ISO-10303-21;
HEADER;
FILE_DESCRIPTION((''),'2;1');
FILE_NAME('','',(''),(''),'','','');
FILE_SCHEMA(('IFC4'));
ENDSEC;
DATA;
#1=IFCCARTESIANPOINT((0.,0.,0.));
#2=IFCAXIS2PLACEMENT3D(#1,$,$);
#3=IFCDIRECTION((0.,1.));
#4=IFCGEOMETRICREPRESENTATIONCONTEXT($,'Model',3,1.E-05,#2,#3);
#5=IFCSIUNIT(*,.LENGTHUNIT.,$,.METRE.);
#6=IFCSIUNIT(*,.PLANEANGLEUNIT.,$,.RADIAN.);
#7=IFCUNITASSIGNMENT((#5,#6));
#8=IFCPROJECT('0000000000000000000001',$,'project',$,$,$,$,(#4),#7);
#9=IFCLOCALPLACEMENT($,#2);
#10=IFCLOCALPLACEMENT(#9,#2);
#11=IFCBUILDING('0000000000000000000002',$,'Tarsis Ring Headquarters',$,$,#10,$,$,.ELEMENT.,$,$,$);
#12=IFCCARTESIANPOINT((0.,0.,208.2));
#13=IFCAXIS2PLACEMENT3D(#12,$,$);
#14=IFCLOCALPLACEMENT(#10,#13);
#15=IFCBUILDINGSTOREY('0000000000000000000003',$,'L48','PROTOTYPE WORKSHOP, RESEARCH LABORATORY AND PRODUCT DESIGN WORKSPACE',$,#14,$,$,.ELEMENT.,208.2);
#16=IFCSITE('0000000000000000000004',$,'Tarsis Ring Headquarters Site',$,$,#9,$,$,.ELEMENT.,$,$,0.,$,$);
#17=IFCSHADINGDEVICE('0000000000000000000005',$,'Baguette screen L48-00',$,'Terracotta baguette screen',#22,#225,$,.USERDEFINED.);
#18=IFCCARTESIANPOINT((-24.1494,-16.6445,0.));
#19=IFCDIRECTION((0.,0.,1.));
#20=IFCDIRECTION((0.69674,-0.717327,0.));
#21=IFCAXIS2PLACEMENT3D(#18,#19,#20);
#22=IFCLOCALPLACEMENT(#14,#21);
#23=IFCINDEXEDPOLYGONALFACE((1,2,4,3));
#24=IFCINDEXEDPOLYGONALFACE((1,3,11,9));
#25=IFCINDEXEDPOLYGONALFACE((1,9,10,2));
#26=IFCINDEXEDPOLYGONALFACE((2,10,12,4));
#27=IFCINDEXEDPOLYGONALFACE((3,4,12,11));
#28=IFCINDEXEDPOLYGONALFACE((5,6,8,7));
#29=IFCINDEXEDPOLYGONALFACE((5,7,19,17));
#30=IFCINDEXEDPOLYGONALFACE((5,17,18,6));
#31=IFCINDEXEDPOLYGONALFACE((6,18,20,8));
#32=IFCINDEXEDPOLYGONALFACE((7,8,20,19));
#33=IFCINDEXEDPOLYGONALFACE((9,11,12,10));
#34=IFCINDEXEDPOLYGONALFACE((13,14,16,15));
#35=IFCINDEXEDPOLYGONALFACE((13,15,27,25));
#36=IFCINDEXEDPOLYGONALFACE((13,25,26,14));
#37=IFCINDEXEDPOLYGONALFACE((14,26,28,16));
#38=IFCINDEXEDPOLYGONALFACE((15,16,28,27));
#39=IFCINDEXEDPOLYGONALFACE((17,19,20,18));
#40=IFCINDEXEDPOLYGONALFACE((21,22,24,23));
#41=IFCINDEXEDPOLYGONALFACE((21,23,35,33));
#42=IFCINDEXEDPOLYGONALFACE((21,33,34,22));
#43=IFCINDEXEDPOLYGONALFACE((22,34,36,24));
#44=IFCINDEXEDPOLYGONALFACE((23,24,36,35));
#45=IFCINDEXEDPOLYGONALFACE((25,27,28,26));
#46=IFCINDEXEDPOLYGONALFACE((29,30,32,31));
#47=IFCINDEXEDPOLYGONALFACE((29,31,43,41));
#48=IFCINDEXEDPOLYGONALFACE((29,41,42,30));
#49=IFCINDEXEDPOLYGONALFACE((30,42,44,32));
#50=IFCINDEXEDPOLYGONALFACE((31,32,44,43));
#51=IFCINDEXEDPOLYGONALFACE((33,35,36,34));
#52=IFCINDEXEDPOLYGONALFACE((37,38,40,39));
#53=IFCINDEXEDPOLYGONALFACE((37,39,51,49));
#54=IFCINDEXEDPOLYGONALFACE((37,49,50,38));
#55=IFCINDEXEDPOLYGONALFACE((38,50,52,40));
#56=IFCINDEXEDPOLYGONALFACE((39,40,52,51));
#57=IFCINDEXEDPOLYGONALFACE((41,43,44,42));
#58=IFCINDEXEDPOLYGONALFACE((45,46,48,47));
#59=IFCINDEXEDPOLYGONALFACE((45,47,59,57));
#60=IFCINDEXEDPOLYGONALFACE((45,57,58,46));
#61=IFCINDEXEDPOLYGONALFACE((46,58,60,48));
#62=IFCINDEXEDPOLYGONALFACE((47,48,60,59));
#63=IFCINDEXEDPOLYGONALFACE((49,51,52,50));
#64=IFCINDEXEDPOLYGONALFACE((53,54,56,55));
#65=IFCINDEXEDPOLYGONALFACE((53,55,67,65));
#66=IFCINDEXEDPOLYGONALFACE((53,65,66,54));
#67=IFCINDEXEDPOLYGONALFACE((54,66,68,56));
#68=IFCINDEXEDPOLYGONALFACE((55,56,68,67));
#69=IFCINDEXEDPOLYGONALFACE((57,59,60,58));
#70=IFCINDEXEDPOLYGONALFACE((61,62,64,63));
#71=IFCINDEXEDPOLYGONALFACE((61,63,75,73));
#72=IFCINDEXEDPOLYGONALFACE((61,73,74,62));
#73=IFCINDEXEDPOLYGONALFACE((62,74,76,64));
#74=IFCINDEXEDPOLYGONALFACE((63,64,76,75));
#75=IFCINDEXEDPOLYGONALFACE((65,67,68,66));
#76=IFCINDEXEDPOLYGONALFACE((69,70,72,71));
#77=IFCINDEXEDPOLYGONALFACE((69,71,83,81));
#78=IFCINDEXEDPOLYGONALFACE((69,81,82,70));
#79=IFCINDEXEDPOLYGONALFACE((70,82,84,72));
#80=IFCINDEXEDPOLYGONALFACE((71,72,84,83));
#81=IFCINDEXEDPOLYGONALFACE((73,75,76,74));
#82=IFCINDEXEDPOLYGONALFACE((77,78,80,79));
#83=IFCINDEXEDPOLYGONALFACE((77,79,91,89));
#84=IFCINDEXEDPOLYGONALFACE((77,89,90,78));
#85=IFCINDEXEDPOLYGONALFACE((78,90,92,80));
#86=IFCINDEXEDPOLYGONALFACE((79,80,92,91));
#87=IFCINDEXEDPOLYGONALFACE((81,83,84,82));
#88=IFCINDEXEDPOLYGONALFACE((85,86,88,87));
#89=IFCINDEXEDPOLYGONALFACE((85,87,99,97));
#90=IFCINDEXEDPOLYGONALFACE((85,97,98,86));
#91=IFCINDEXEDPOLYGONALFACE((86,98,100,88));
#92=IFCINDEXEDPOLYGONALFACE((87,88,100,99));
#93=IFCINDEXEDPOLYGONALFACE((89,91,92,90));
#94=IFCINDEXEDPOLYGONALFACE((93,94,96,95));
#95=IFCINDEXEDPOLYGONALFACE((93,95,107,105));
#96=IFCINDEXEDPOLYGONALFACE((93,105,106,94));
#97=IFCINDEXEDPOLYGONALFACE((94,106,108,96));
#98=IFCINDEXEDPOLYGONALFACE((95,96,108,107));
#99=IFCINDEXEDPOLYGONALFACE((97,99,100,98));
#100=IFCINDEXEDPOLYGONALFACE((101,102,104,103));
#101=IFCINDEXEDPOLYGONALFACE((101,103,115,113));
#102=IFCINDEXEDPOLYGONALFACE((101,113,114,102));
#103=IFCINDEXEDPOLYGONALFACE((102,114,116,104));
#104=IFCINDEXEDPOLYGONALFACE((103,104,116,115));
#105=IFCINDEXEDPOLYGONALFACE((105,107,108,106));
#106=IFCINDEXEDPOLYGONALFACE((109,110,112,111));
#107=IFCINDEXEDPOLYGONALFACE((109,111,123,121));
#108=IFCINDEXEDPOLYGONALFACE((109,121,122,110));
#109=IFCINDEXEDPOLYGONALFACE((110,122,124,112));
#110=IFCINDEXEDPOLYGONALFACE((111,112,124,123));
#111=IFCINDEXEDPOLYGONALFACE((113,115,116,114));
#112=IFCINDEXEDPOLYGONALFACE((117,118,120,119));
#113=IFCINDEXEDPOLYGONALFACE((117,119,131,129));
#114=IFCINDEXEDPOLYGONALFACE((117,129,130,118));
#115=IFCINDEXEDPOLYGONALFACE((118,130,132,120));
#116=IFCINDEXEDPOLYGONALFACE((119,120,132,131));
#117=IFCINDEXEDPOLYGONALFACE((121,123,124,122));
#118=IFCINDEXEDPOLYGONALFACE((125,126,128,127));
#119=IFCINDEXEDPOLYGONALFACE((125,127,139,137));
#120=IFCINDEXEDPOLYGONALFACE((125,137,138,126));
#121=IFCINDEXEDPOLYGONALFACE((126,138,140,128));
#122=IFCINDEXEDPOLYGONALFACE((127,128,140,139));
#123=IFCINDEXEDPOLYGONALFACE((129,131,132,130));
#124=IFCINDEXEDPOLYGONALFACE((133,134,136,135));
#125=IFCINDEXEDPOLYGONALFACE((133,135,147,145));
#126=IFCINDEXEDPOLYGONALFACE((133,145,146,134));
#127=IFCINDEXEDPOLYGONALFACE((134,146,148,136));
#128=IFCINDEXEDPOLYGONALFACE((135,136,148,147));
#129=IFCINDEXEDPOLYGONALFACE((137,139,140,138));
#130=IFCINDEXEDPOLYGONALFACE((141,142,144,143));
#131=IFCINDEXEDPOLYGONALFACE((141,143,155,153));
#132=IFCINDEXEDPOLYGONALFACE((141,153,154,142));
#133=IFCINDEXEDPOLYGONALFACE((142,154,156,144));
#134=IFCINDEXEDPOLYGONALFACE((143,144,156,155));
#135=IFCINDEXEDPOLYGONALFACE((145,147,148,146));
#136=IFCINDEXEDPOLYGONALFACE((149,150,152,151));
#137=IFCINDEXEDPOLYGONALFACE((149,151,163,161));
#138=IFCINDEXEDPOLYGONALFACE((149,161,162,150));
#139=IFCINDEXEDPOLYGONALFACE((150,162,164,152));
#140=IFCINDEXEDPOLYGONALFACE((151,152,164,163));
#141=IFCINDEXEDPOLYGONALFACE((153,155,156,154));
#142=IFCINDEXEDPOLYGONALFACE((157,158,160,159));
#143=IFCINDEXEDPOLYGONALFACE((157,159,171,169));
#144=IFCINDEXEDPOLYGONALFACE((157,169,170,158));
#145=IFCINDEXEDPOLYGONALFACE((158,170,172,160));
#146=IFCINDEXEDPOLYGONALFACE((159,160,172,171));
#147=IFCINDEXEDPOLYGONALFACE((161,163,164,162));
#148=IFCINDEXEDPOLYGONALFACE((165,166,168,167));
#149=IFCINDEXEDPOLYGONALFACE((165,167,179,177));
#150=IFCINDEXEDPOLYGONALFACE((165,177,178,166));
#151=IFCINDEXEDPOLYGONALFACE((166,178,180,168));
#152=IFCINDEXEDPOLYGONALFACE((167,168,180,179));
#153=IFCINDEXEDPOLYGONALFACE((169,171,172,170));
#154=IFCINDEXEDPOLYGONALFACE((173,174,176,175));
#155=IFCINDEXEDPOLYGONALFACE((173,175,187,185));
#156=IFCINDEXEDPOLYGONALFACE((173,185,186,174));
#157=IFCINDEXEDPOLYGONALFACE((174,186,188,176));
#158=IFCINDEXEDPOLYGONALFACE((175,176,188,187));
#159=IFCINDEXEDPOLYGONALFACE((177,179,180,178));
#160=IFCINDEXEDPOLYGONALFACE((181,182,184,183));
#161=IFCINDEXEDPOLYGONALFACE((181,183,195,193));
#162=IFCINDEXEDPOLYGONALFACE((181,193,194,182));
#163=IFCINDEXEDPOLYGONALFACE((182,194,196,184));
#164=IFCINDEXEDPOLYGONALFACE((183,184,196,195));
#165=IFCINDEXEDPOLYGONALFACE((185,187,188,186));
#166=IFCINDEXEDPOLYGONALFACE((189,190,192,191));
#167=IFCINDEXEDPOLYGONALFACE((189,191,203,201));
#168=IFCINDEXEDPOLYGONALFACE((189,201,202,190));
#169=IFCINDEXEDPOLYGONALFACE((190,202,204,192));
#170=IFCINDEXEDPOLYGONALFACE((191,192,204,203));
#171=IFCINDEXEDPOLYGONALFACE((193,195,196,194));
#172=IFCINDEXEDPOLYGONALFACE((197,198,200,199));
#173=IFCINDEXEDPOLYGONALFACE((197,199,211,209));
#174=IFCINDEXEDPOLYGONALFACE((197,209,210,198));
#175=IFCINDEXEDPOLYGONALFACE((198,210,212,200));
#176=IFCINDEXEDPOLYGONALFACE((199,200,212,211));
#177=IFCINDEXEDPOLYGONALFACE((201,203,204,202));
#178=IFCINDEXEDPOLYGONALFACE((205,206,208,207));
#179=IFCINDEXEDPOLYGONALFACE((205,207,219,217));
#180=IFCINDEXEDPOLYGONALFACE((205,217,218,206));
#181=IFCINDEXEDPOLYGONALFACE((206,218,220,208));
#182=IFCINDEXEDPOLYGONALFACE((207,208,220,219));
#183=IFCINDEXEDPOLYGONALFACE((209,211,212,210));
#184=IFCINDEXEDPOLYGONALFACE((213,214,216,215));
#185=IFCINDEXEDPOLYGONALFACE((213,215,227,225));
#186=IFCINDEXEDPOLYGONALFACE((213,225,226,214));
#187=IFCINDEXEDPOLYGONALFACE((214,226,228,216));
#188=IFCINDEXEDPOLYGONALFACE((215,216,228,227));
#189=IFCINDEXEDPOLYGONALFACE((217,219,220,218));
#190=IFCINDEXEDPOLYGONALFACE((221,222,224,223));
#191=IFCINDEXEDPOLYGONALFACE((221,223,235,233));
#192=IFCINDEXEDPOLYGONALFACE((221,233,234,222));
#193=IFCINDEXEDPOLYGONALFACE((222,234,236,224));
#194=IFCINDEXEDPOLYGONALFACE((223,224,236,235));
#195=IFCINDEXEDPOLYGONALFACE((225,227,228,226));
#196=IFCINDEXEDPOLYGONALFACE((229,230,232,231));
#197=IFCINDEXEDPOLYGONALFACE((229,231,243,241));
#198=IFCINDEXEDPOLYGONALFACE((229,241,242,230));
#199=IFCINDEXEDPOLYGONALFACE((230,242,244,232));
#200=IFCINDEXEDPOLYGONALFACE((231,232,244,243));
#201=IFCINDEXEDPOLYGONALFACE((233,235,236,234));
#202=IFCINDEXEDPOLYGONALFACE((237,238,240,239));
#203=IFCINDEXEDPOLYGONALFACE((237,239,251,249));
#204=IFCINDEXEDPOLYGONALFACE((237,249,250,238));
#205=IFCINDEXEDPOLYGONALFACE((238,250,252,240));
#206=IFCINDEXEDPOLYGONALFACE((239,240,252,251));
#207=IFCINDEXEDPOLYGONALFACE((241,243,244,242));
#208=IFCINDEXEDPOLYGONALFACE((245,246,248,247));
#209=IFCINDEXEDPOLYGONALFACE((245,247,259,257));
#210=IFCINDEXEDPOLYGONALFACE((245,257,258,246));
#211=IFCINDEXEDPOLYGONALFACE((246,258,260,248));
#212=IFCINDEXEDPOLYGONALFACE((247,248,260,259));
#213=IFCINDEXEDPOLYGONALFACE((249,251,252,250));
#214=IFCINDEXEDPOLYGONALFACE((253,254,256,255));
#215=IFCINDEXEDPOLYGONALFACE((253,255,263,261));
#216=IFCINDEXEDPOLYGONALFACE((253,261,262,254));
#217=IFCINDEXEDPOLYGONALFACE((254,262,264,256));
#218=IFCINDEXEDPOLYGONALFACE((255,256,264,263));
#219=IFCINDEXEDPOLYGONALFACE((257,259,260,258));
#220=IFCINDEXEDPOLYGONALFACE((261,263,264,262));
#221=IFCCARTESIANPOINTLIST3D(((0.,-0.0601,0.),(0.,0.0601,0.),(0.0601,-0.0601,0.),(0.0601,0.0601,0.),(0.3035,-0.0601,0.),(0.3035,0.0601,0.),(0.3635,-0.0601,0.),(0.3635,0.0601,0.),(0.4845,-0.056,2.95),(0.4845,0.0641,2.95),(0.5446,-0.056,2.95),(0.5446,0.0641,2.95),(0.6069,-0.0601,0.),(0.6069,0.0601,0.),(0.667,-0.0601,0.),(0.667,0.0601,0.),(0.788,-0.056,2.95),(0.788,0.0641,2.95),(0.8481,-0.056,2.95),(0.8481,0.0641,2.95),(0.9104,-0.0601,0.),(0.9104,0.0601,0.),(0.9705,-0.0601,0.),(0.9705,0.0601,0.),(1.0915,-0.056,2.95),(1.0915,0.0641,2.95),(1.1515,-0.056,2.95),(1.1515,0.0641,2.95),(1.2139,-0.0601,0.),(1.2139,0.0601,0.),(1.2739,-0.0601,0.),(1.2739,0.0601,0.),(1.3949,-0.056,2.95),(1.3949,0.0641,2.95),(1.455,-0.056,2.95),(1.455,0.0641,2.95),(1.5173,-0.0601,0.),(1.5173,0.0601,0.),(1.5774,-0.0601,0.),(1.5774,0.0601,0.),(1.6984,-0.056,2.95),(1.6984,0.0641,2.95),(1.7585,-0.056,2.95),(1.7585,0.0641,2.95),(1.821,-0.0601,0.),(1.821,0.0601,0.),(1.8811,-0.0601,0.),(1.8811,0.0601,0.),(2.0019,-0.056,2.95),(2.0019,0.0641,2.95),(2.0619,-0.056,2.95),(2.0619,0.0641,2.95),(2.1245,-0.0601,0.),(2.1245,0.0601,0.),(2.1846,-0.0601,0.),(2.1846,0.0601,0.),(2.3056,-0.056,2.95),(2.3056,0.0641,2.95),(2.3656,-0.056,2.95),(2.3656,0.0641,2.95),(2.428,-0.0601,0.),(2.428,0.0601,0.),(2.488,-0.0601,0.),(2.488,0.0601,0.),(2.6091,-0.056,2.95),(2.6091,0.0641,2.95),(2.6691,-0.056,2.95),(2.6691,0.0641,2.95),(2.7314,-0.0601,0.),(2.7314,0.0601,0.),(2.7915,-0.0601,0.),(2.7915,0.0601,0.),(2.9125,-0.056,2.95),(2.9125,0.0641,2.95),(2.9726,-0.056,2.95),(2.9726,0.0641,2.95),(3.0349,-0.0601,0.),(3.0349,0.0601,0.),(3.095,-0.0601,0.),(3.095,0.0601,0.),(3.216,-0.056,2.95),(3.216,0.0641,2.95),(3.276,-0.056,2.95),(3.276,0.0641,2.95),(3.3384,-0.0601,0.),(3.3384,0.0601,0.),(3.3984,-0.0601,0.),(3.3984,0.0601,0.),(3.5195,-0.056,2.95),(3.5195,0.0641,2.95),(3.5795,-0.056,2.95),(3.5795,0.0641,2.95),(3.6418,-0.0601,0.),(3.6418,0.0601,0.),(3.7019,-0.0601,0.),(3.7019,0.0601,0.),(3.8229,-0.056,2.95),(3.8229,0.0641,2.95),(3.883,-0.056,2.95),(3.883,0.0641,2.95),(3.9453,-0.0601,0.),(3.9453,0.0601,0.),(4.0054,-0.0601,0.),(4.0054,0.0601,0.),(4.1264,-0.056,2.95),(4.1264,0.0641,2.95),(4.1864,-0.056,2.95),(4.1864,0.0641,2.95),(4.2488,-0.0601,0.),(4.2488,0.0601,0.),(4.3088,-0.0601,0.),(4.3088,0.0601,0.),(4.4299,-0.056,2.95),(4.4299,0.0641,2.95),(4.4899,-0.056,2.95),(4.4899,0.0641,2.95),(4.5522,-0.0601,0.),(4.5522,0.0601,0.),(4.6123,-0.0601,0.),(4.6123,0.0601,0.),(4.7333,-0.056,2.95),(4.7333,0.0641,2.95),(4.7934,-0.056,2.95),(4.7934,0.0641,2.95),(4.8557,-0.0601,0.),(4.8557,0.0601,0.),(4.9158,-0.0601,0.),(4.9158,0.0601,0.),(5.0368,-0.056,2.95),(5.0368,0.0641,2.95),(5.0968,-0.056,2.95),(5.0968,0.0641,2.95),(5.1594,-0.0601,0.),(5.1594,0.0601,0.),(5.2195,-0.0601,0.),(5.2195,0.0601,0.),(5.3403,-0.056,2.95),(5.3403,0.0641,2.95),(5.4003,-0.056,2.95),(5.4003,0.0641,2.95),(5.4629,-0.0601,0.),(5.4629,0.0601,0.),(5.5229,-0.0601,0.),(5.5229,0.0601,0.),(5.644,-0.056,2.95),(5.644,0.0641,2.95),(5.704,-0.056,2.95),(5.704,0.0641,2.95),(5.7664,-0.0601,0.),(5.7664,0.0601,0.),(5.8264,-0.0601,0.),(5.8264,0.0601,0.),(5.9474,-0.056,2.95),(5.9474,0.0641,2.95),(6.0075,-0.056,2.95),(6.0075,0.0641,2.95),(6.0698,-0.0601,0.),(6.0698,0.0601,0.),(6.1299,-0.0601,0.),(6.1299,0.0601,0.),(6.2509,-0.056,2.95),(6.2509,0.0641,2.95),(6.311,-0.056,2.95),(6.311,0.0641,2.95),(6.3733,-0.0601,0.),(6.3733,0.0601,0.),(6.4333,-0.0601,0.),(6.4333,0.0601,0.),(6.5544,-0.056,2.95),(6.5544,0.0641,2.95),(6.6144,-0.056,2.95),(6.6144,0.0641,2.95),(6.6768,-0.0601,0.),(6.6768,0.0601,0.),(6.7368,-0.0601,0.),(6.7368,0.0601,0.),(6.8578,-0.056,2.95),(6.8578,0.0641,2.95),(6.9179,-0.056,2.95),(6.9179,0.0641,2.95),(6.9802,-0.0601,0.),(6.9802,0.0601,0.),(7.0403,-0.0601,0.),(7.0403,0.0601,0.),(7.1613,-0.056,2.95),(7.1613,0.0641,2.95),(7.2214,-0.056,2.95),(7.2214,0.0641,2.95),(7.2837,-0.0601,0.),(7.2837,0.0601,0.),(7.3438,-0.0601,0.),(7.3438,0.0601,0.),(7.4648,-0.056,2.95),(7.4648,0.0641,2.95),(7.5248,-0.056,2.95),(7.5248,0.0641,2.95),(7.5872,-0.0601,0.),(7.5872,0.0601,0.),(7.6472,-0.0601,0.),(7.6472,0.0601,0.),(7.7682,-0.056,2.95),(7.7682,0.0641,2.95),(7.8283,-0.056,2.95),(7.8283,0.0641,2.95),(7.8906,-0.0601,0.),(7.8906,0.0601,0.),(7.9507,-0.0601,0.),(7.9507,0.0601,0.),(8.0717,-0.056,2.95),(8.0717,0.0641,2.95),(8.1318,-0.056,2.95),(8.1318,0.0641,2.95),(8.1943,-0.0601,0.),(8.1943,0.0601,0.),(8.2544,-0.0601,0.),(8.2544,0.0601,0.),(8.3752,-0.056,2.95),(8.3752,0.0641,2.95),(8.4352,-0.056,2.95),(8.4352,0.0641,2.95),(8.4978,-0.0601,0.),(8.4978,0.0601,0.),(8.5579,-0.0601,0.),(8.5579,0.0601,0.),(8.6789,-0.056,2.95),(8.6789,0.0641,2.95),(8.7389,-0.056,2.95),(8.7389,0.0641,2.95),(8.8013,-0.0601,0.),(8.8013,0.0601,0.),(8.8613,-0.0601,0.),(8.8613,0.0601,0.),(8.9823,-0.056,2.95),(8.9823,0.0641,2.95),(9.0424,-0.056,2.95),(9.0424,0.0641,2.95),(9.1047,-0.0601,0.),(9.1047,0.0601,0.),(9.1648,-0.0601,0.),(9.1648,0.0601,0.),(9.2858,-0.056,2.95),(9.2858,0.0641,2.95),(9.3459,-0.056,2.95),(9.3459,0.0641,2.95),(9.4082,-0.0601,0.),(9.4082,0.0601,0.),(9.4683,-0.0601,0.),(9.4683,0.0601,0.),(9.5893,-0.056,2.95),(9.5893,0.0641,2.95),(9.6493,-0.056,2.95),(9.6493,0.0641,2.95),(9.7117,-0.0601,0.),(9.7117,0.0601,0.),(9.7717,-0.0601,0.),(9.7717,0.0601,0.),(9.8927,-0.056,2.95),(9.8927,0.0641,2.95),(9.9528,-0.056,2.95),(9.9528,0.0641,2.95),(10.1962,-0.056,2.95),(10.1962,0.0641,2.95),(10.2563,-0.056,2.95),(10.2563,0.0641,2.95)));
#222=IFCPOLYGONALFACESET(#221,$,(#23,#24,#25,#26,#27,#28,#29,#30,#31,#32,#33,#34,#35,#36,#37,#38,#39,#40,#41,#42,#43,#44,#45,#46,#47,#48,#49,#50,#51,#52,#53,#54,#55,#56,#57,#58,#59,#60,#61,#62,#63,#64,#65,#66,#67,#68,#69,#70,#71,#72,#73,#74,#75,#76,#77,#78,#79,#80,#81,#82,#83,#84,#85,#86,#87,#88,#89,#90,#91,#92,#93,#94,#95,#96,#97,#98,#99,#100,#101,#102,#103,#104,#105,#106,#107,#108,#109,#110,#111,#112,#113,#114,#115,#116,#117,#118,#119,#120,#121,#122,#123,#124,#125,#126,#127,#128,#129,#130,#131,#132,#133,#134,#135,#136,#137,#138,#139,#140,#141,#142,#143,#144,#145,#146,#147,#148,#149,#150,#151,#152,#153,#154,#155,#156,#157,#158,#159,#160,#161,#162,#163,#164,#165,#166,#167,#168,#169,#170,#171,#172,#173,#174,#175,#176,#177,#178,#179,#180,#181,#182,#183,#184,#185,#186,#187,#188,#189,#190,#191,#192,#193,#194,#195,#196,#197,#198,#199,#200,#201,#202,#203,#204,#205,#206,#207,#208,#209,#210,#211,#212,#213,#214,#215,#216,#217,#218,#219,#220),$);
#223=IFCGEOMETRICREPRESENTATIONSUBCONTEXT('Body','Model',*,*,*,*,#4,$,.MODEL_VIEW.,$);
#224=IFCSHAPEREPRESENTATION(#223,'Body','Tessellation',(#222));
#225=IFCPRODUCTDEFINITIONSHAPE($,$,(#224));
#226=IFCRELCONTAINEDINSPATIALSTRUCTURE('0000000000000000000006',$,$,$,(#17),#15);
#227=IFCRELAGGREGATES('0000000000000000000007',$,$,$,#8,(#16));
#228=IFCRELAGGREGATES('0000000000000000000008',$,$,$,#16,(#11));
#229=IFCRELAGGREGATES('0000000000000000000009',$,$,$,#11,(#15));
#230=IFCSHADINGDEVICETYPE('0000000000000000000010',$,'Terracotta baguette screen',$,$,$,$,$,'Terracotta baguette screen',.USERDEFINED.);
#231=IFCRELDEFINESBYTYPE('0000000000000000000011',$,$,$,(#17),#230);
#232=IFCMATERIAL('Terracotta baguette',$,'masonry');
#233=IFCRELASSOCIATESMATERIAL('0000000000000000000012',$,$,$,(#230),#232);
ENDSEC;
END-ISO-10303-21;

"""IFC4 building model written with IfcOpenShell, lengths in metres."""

from ifc_helpers import new_model, si_unit, direction, frame, frame_2d, origin, place, context, subcontext, project, spatial, rectangle, composite_profile, extrude, material, type_object, element, save


model = new_model("IFC4")

# Units and contexts
model_context = context("Model", 3, precision=1e-05, world=origin(), true_north=direction((0.0, 1.0)))
body_context = subcontext(model_context, "Body", "Model", "MODEL_VIEW")
ifc_project = project(units=[si_unit("LENGTHUNIT", "METRE"), si_unit("PLANEANGLEUNIT", "RADIAN")], contexts=[model_context])

# Site, building, storey
site_placement = place(None, origin())
site = spatial("IfcSite", under=ifc_project, at=site_placement, Name="Tarsis Ring Headquarters Site", CompositionType="ELEMENT", RefElevation=0.0)
building_placement = place(site_placement, origin())
building = spatial("IfcBuilding", under=site, at=building_placement, Name="Tarsis Ring Headquarters", CompositionType="ELEMENT")
storey_placement = place(building_placement, frame((0.0, 0.0, 208.2)))
storey = spatial("IfcBuildingStorey", under=building, at=storey_placement, Name="L48", Description="PROTOTYPE WORKSHOP, RESEARCH LABORATORY AND PRODUCT DESIGN WORKSPACE", CompositionType="ELEMENT", Elevation=208.2)

# Shading device
ifc_material_1 = material(Name="Terracotta baguette", Category="masonry")
shading_device_type = type_object("IfcShadingDeviceType", Name="Terracotta baguette screen", ElementType="Terracotta baguette screen", PredefinedType="USERDEFINED", material=ifc_material_1)
shading_device_1_placement = place(storey_placement, frame((-24.1494, -16.6445, 0.0), z_axis=(0.0, 0.0, 1.0), x_axis=(0.69674, -0.717327, 0.0)))
element("IfcShadingDevice", 1, at=shading_device_1_placement, inside=storey, type_object=shading_device_type, Name="Baguette screen L48-00", ObjectType="Terracotta baguette screen", PredefinedType="USERDEFINED", context=body_context, shape_type="SweptSolid", body=[
    extrude(composite_profile([rectangle(XDim=0.0601, YDim=0.1201, at=frame_2d((0.03, 0.0))), rectangle(XDim=0.0601, YDim=0.1201, at=frame_2d((0.3335, 0.0))), rectangle(XDim=0.0601, YDim=0.1201, at=frame_2d((0.637, 0.0))), rectangle(XDim=0.0601, YDim=0.1201, at=frame_2d((0.9404, 0.0))), rectangle(XDim=0.0601, YDim=0.1201, at=frame_2d((1.2439, 0.0))), rectangle(XDim=0.0601, YDim=0.1201, at=frame_2d((1.5474, 0.0))), rectangle(XDim=0.0601, YDim=0.1201, at=frame_2d((1.8511, 0.0))), rectangle(XDim=0.0601, YDim=0.1201, at=frame_2d((2.1545, 0.0))), rectangle(XDim=0.0601, YDim=0.1201, at=frame_2d((2.458, 0.0))), rectangle(XDim=0.0601, YDim=0.1201, at=frame_2d((2.7615, 0.0))), rectangle(XDim=0.0601, YDim=0.1201, at=frame_2d((3.0649, 0.0))), rectangle(XDim=0.0601, YDim=0.1201, at=frame_2d((3.3684, 0.0))), rectangle(XDim=0.0601, YDim=0.1201, at=frame_2d((3.6719, 0.0))), rectangle(XDim=0.0601, YDim=0.1201, at=frame_2d((3.9753, 0.0))), rectangle(XDim=0.0601, YDim=0.1201, at=frame_2d((4.2788, 0.0))), rectangle(XDim=0.0601, YDim=0.1201, at=frame_2d((4.5823, 0.0))), rectangle(XDim=0.0601, YDim=0.1201, at=frame_2d((4.8857, 0.0))), rectangle(XDim=0.0601, YDim=0.1201, at=frame_2d((5.1895, 0.0))), rectangle(XDim=0.0601, YDim=0.1201, at=frame_2d((5.4929, 0.0))), rectangle(XDim=0.0601, YDim=0.1201, at=frame_2d((5.7964, 0.0))), rectangle(XDim=0.0601, YDim=0.1201, at=frame_2d((6.0999, 0.0))), rectangle(XDim=0.0601, YDim=0.1201, at=frame_2d((6.4033, 0.0))), rectangle(XDim=0.0601, YDim=0.1201, at=frame_2d((6.7068, 0.0))), rectangle(XDim=0.0601, YDim=0.1201, at=frame_2d((7.0103, 0.0))), rectangle(XDim=0.0601, YDim=0.1201, at=frame_2d((7.3137, 0.0))), rectangle(XDim=0.0601, YDim=0.1201, at=frame_2d((7.6172, 0.0))), rectangle(XDim=0.0601, YDim=0.1201, at=frame_2d((7.9207, 0.0))), rectangle(XDim=0.0601, YDim=0.1201, at=frame_2d((8.2244, 0.0))), rectangle(XDim=0.0601, YDim=0.1201, at=frame_2d((8.5278, 0.0))), rectangle(XDim=0.0601, YDim=0.1201, at=frame_2d((8.8313, 0.0))), rectangle(XDim=0.0601, YDim=0.1201, at=frame_2d((9.1348, 0.0))), rectangle(XDim=0.0601, YDim=0.1201, at=frame_2d((9.4382, 0.0))), rectangle(XDim=0.0601, YDim=0.1201, at=frame_2d((9.7417, 0.0)))]), origin(), (0.16208, 0.001355, 0.986777), 2.9895),
])

save(model, "model.ifc")
